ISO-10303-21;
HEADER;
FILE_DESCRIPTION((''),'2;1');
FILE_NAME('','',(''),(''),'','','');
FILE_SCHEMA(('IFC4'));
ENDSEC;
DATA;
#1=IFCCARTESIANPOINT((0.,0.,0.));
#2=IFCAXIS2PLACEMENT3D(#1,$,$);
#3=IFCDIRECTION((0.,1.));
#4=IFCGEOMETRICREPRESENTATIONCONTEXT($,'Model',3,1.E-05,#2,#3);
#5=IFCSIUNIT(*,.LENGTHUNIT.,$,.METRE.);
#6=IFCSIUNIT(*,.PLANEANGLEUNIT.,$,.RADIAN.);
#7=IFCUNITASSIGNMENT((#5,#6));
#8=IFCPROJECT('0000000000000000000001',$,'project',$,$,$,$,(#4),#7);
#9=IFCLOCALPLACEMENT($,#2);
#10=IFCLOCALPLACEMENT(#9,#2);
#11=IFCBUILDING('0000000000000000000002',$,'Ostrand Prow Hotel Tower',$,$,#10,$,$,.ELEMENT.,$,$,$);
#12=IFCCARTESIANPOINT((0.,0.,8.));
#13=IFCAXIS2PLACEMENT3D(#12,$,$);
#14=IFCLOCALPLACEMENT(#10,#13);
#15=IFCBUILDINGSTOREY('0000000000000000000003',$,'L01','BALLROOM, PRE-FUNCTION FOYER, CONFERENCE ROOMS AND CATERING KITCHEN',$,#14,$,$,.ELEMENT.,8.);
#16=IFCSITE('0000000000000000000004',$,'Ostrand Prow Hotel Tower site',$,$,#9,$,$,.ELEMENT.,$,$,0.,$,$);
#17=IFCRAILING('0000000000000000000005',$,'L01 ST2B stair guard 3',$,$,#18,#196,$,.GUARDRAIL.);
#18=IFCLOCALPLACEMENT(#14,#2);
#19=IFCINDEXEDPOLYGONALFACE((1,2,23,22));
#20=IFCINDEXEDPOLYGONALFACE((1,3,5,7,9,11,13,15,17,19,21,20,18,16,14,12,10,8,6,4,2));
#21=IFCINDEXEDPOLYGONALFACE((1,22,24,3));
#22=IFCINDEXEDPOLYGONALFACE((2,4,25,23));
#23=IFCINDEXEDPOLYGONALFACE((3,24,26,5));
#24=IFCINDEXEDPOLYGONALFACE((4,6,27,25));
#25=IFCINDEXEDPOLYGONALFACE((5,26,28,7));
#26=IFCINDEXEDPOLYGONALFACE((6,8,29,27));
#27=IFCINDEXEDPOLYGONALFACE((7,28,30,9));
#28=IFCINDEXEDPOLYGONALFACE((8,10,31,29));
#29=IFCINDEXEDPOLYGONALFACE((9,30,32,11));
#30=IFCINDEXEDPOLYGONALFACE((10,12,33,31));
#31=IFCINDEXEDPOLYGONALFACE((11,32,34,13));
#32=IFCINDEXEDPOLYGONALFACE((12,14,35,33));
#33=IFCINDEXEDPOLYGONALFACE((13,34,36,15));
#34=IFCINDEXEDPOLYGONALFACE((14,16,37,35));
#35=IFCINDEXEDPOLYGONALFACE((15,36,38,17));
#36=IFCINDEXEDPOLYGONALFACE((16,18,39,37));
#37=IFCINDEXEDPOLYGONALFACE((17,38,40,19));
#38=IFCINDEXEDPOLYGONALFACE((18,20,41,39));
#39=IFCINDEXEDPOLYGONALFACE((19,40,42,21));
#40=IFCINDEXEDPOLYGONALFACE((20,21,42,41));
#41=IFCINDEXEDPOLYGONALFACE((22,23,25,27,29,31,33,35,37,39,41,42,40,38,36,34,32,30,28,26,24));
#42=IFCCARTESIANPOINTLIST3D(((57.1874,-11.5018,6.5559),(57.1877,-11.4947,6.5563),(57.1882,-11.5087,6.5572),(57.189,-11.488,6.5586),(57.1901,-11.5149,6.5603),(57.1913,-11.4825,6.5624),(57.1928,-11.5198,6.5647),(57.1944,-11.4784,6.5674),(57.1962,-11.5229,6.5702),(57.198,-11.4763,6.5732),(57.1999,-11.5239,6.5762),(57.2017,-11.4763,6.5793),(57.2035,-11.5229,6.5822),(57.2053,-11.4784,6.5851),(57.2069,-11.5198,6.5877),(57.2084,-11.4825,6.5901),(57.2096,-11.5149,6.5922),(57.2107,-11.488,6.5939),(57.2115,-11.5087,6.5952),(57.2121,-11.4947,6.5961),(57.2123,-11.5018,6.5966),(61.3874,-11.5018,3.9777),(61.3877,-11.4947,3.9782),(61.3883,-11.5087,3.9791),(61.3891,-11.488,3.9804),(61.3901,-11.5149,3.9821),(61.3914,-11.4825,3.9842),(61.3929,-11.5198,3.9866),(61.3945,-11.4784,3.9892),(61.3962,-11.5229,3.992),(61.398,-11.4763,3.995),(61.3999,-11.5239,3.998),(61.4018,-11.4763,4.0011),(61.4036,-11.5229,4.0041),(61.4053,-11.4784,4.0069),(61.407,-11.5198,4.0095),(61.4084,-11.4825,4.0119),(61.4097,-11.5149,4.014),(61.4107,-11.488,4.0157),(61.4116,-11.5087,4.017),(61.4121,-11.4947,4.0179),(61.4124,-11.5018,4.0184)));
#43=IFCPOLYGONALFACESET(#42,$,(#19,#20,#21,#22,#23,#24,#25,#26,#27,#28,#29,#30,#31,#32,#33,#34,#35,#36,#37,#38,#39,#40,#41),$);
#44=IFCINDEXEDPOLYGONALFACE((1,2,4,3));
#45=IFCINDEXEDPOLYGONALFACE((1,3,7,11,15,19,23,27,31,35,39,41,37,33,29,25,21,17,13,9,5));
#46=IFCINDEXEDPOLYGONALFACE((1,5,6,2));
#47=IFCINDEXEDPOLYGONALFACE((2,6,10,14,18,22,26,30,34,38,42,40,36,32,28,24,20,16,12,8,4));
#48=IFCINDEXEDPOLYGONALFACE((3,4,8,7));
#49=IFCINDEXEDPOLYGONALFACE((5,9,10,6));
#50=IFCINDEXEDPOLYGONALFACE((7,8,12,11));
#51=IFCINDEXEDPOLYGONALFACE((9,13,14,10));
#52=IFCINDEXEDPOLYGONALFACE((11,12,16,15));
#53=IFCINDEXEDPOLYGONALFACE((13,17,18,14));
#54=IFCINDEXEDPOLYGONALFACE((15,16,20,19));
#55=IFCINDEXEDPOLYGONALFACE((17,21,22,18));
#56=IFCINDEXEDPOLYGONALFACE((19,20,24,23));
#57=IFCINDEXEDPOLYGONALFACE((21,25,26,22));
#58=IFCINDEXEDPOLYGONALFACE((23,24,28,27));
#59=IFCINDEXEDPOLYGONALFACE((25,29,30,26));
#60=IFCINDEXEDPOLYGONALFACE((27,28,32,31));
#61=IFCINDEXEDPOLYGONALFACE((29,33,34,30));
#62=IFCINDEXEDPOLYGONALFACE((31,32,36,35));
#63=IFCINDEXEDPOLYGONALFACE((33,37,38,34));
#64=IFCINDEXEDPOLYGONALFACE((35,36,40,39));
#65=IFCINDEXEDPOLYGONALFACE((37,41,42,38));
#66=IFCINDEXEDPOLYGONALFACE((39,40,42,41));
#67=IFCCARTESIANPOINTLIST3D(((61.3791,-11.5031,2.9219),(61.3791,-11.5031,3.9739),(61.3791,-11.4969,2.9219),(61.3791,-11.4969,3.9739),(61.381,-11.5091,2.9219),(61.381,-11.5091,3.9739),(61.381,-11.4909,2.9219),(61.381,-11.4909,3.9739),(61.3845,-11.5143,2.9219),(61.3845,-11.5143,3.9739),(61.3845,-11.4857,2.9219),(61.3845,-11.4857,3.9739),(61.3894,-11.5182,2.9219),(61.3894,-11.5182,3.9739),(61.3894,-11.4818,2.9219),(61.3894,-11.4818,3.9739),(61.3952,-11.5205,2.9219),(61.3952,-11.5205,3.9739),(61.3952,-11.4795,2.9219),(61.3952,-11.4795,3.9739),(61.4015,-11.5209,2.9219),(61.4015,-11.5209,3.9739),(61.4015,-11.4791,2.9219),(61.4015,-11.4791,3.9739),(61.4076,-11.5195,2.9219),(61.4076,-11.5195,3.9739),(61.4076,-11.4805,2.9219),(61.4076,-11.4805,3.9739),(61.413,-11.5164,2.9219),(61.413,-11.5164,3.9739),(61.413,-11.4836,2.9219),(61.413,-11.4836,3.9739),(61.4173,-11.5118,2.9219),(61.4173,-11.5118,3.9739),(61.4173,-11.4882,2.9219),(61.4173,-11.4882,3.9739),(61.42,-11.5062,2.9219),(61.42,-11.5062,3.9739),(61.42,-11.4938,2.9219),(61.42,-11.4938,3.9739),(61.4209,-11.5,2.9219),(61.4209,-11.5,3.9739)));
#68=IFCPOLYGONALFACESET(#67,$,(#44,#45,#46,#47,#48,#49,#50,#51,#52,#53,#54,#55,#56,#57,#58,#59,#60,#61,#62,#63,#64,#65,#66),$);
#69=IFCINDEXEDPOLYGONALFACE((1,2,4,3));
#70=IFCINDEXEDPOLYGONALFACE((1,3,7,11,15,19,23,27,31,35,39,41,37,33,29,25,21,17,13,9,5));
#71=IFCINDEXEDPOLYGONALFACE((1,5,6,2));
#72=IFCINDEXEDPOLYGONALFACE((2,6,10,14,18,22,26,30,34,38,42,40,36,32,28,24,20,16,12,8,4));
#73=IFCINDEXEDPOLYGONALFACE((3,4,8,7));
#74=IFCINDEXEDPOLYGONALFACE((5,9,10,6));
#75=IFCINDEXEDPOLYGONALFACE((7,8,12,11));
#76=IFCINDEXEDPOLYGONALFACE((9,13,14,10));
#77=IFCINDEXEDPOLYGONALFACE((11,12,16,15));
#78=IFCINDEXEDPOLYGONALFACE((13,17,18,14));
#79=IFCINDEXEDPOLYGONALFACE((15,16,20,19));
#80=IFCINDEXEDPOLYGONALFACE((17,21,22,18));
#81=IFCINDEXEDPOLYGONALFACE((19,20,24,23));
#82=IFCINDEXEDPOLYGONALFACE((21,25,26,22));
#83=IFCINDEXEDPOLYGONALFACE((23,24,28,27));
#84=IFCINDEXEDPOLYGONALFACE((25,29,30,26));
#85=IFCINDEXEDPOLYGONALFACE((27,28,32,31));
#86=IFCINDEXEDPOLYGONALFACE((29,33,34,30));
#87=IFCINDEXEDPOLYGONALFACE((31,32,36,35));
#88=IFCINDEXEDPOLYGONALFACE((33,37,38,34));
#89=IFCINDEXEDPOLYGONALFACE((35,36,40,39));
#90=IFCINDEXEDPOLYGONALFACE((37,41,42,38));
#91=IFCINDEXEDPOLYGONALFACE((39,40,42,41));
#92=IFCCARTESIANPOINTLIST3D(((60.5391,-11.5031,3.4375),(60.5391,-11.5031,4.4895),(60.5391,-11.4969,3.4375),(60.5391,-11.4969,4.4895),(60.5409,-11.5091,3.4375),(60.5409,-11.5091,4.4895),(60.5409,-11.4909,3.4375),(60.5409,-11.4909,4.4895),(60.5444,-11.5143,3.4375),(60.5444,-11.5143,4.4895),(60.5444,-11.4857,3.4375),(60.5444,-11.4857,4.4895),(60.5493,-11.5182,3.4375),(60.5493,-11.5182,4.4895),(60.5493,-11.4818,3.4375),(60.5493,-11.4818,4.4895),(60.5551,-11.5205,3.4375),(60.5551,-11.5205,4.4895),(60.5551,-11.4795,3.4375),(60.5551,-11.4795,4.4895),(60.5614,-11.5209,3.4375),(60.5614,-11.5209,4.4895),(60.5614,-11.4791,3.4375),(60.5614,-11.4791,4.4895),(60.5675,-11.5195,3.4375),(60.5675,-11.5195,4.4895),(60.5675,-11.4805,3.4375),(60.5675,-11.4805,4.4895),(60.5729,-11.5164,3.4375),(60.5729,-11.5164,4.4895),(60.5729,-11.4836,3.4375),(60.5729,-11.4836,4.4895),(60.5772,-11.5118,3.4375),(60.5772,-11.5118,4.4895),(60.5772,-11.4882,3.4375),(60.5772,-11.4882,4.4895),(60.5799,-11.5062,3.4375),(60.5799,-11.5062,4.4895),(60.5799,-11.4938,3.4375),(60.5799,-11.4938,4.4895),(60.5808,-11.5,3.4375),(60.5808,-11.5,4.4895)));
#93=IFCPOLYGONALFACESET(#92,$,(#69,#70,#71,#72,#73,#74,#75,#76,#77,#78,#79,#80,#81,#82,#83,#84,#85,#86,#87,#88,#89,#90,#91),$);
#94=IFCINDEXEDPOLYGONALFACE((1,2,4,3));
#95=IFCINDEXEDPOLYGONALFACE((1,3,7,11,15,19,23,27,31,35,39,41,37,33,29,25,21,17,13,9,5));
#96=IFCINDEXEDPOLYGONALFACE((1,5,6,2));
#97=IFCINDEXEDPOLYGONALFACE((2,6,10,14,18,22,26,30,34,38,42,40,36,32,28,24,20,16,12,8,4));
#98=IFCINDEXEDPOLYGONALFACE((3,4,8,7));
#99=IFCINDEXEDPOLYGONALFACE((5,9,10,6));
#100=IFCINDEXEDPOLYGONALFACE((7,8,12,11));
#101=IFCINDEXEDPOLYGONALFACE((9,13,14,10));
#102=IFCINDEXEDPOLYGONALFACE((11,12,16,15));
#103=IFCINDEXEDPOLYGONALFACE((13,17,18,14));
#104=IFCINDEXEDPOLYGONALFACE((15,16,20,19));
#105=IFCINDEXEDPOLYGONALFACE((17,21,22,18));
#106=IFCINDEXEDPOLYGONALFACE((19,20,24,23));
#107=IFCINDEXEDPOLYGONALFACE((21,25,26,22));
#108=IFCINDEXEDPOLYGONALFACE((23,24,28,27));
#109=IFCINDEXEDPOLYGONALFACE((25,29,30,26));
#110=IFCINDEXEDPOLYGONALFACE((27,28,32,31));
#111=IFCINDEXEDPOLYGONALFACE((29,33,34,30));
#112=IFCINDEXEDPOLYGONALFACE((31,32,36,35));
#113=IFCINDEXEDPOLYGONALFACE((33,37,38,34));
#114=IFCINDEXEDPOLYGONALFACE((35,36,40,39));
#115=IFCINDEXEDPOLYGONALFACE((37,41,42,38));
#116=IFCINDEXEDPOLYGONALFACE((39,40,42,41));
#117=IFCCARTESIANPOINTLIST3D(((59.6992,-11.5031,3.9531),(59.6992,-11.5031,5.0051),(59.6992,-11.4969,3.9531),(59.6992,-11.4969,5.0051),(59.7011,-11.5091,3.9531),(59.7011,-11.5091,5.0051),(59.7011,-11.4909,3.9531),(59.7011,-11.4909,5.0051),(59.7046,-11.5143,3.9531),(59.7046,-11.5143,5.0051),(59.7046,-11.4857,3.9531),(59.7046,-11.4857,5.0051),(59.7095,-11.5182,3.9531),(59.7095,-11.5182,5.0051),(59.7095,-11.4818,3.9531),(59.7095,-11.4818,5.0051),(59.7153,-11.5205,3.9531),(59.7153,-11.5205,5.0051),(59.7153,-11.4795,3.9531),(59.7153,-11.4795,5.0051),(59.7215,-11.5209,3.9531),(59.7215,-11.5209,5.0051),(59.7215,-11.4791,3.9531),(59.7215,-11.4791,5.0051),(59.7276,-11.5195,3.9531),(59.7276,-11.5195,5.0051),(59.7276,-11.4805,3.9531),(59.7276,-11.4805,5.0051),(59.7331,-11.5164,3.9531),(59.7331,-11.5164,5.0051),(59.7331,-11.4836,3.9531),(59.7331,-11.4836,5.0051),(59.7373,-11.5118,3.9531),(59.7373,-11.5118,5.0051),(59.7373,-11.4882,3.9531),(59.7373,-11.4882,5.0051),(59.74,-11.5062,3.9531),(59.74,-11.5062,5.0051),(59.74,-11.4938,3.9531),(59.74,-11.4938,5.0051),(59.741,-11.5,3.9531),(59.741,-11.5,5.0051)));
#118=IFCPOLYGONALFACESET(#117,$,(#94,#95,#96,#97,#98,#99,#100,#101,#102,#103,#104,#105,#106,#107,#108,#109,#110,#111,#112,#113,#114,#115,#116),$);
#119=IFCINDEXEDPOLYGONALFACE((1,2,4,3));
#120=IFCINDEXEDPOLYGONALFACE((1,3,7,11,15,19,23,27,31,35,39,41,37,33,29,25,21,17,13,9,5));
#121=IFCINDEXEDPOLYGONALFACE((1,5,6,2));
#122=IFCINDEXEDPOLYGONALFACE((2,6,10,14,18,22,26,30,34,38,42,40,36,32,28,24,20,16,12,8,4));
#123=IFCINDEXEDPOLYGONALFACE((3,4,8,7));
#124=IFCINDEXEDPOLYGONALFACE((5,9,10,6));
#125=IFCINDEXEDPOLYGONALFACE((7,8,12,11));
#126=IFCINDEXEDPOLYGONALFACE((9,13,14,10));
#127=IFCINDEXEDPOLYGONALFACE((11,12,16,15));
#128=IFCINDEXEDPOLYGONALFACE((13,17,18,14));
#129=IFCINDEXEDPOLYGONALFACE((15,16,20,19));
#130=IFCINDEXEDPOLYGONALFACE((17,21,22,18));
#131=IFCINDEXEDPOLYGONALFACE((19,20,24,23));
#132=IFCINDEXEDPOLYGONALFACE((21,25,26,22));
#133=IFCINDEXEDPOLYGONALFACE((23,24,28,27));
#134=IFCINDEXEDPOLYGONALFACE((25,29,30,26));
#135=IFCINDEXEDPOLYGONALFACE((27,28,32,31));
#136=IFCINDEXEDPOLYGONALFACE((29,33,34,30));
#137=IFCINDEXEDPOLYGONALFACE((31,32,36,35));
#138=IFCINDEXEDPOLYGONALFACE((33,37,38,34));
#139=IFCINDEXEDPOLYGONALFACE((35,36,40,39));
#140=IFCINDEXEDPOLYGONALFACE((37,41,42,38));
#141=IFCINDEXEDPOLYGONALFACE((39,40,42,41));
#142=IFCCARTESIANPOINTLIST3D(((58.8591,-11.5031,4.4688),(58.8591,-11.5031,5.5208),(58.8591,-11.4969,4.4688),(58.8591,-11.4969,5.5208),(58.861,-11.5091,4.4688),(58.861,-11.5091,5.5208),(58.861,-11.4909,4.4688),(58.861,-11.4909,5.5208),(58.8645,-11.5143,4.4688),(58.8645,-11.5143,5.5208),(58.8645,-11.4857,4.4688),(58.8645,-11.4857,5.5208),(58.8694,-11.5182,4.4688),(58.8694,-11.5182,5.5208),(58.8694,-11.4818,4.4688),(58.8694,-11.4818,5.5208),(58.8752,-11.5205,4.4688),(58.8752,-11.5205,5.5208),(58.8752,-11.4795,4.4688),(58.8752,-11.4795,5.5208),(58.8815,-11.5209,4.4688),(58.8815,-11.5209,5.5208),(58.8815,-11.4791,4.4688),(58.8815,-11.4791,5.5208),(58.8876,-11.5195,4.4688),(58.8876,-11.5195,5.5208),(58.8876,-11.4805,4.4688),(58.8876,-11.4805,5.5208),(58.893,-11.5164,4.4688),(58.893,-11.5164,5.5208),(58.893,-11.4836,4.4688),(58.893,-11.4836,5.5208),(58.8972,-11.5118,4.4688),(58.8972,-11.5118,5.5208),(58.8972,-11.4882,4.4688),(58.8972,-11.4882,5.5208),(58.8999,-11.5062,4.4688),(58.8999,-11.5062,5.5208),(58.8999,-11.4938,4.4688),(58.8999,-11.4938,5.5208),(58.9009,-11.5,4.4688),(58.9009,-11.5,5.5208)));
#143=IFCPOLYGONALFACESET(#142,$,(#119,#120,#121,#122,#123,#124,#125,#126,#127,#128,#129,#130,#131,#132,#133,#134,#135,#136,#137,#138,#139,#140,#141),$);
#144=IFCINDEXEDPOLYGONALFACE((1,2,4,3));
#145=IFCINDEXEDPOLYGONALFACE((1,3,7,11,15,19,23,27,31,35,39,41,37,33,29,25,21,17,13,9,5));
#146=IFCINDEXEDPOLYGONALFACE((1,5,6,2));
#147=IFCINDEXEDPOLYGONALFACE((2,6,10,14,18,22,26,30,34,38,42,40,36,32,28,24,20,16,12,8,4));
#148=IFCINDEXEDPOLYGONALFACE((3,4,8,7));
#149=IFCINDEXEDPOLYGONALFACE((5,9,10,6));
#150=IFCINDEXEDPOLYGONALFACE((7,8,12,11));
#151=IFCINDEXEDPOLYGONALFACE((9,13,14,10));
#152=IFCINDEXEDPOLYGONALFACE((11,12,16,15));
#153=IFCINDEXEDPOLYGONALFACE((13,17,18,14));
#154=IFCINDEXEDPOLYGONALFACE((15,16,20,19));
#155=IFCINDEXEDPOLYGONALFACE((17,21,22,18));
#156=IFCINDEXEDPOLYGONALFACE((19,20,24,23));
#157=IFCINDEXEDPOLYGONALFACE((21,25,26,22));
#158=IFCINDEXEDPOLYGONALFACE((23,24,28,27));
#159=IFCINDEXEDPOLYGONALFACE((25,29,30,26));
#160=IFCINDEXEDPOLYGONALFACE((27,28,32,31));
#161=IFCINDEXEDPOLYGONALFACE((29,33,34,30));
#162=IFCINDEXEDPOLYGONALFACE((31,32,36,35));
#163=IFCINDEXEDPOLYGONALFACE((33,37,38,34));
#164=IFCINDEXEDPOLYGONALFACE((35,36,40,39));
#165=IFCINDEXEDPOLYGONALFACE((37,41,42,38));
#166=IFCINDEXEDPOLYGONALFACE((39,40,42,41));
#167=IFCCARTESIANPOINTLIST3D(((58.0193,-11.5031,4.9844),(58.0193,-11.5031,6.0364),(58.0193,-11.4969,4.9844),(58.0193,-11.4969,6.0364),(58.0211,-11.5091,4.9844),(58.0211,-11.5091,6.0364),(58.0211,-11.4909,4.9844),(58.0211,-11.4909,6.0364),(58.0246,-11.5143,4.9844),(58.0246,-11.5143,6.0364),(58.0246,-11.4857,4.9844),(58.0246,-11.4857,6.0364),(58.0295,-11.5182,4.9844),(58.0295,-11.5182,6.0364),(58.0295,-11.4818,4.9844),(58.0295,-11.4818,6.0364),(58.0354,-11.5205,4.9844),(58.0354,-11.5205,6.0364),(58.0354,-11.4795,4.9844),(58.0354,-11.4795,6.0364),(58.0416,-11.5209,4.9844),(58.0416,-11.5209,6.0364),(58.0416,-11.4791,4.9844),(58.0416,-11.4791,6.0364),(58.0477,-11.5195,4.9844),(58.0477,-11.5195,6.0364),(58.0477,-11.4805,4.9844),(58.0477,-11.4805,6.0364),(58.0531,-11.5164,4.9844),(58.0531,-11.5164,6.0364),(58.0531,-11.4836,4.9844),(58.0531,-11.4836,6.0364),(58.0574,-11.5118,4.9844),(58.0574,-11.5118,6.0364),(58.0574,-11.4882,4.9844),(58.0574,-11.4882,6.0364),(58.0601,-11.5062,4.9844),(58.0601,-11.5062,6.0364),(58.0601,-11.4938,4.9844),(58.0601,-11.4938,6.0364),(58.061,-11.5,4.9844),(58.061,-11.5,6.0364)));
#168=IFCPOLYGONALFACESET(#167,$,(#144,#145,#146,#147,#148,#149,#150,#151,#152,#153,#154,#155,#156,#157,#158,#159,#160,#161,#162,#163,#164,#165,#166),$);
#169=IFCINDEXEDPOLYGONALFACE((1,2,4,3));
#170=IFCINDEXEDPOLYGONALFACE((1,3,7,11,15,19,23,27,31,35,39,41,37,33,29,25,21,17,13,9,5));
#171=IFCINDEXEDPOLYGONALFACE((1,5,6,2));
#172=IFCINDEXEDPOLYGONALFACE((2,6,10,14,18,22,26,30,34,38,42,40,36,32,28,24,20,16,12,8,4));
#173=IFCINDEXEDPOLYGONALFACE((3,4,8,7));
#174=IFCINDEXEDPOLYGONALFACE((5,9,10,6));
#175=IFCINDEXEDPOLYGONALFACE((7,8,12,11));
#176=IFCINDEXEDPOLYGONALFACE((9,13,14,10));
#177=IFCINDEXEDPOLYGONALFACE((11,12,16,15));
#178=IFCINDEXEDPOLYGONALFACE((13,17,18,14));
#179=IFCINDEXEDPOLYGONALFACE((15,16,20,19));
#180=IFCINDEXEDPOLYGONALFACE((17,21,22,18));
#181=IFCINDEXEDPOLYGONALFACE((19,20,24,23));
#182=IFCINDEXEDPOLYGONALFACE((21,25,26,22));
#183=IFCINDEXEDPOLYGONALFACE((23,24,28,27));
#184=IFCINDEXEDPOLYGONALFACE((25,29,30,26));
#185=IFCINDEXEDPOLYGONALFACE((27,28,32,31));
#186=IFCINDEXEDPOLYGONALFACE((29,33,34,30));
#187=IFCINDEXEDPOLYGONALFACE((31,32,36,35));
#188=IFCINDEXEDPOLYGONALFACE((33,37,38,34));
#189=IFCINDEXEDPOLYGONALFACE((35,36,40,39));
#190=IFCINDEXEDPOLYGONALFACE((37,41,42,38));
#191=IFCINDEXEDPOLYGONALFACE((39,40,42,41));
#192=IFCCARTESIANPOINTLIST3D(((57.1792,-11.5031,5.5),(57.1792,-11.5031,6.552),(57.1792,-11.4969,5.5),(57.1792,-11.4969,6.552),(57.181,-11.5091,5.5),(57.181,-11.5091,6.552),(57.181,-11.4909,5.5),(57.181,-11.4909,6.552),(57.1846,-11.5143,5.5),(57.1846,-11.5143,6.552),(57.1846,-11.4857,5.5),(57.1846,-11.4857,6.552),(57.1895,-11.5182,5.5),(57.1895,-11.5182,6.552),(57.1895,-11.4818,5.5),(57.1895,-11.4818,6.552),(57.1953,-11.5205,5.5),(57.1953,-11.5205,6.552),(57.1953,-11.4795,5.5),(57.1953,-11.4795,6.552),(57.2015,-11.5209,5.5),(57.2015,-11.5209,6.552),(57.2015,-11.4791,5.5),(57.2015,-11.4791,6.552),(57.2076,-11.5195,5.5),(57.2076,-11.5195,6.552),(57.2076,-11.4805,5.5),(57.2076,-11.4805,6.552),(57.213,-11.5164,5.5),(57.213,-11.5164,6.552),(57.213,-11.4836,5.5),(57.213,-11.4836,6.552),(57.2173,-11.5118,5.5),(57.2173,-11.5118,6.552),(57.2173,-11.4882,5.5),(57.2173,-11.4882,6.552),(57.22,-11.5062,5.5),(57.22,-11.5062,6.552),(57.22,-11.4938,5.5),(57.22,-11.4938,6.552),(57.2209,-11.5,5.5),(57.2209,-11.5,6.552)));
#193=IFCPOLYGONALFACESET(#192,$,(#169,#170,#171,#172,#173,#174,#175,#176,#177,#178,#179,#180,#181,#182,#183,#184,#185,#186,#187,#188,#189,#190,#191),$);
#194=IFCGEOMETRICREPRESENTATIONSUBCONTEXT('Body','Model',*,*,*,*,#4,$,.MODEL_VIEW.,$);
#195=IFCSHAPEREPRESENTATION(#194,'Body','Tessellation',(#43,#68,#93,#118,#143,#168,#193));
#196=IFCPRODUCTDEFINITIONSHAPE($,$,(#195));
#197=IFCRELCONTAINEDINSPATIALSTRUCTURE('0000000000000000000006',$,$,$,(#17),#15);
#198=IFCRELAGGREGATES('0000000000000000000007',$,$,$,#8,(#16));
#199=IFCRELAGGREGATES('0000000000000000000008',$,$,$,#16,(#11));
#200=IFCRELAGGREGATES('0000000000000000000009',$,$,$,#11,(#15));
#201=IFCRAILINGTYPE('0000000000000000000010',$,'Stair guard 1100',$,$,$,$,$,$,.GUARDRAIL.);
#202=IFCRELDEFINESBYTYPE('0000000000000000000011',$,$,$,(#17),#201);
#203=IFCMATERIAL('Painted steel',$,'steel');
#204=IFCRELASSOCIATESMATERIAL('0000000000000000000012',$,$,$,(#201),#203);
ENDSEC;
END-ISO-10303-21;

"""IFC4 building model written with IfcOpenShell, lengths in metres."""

from ifc_helpers import new_model, si_unit, direction, frame, origin, origin_2d, place, context, subcontext, project, spatial, circle, extrude, material, type_object, element, save


model = new_model("IFC4")

# Units and contexts
model_context = context("Model", 3, precision=1e-05, world=origin(), true_north=direction((0.0, 1.0)))
body_context = subcontext(model_context, "Body", "Model", "MODEL_VIEW")
ifc_project = project(units=[si_unit("LENGTHUNIT", "METRE"), si_unit("PLANEANGLEUNIT", "RADIAN")], contexts=[model_context])

# Site, building, storey
site_placement = place(None, origin())
site = spatial("IfcSite", under=ifc_project, at=site_placement, Name="Ostrand Prow Hotel Tower site", CompositionType="ELEMENT", RefElevation=0.0)
building_placement = place(site_placement, origin())
building = spatial("IfcBuilding", under=site, at=building_placement, Name="Ostrand Prow Hotel Tower", CompositionType="ELEMENT")
storey_placement = place(building_placement, frame((0.0, 0.0, 8.0)))
storey = spatial("IfcBuildingStorey", under=building, at=storey_placement, Name="L01", Description="BALLROOM, PRE-FUNCTION FOYER, CONFERENCE ROOMS AND CATERING KITCHEN", CompositionType="ELEMENT", Elevation=8.0)

# Railing
ifc_material_1 = material(Name="Painted steel", Category="steel")
railing_type_1 = type_object("IfcRailingType", Name="Stair guard 1100", PredefinedType="GUARDRAIL", material=ifc_material_1)
railing_1_placement = place(storey_placement, frame((61.3999, -11.5, 2.9219)))
element("IfcRailing", 1, at=railing_1_placement, inside=storey, type_object=railing_type_1, Name="L01 ST2B stair guard 3", PredefinedType="GUARDRAIL", context=body_context, shape_type="SweptSolid", body=[
    extrude(circle(Radius=0.0239, at=origin_2d()), frame((0.0, 0.0, 1.0762), z_axis=(-0.852243, 0.0, 0.523146), x_axis=(0.0, -1.0, 0.0)), (0.0, 0.0, 1.0), 4.9282),
    extrude(circle(Radius=0.021, at=origin_2d()), origin(), (0.0, 0.0, 1.0), 1.052),
    extrude(circle(Radius=0.021, at=origin_2d()), frame((-0.8401, 0.0, 0.5156)), (0.0, 0.0, 1.0), 1.052),
    extrude(circle(Radius=0.021, at=origin_2d()), frame((-1.6799, 0.0, 1.0312)), (0.0, 0.0, 1.0), 1.052),
    extrude(circle(Radius=0.021, at=origin_2d()), frame((-2.52, 0.0, 1.5469)), (0.0, 0.0, 1.0), 1.052),
    extrude(circle(Radius=0.021, at=origin_2d()), frame((-3.3599, 0.0, 2.0625)), (0.0, 0.0, 1.0), 1.052),
    extrude(circle(Radius=0.021, at=origin_2d()), frame((-4.2, 0.0, 2.5781)), (0.0, 0.0, 1.0), 1.052),
])

save(model, "model.ifc")
